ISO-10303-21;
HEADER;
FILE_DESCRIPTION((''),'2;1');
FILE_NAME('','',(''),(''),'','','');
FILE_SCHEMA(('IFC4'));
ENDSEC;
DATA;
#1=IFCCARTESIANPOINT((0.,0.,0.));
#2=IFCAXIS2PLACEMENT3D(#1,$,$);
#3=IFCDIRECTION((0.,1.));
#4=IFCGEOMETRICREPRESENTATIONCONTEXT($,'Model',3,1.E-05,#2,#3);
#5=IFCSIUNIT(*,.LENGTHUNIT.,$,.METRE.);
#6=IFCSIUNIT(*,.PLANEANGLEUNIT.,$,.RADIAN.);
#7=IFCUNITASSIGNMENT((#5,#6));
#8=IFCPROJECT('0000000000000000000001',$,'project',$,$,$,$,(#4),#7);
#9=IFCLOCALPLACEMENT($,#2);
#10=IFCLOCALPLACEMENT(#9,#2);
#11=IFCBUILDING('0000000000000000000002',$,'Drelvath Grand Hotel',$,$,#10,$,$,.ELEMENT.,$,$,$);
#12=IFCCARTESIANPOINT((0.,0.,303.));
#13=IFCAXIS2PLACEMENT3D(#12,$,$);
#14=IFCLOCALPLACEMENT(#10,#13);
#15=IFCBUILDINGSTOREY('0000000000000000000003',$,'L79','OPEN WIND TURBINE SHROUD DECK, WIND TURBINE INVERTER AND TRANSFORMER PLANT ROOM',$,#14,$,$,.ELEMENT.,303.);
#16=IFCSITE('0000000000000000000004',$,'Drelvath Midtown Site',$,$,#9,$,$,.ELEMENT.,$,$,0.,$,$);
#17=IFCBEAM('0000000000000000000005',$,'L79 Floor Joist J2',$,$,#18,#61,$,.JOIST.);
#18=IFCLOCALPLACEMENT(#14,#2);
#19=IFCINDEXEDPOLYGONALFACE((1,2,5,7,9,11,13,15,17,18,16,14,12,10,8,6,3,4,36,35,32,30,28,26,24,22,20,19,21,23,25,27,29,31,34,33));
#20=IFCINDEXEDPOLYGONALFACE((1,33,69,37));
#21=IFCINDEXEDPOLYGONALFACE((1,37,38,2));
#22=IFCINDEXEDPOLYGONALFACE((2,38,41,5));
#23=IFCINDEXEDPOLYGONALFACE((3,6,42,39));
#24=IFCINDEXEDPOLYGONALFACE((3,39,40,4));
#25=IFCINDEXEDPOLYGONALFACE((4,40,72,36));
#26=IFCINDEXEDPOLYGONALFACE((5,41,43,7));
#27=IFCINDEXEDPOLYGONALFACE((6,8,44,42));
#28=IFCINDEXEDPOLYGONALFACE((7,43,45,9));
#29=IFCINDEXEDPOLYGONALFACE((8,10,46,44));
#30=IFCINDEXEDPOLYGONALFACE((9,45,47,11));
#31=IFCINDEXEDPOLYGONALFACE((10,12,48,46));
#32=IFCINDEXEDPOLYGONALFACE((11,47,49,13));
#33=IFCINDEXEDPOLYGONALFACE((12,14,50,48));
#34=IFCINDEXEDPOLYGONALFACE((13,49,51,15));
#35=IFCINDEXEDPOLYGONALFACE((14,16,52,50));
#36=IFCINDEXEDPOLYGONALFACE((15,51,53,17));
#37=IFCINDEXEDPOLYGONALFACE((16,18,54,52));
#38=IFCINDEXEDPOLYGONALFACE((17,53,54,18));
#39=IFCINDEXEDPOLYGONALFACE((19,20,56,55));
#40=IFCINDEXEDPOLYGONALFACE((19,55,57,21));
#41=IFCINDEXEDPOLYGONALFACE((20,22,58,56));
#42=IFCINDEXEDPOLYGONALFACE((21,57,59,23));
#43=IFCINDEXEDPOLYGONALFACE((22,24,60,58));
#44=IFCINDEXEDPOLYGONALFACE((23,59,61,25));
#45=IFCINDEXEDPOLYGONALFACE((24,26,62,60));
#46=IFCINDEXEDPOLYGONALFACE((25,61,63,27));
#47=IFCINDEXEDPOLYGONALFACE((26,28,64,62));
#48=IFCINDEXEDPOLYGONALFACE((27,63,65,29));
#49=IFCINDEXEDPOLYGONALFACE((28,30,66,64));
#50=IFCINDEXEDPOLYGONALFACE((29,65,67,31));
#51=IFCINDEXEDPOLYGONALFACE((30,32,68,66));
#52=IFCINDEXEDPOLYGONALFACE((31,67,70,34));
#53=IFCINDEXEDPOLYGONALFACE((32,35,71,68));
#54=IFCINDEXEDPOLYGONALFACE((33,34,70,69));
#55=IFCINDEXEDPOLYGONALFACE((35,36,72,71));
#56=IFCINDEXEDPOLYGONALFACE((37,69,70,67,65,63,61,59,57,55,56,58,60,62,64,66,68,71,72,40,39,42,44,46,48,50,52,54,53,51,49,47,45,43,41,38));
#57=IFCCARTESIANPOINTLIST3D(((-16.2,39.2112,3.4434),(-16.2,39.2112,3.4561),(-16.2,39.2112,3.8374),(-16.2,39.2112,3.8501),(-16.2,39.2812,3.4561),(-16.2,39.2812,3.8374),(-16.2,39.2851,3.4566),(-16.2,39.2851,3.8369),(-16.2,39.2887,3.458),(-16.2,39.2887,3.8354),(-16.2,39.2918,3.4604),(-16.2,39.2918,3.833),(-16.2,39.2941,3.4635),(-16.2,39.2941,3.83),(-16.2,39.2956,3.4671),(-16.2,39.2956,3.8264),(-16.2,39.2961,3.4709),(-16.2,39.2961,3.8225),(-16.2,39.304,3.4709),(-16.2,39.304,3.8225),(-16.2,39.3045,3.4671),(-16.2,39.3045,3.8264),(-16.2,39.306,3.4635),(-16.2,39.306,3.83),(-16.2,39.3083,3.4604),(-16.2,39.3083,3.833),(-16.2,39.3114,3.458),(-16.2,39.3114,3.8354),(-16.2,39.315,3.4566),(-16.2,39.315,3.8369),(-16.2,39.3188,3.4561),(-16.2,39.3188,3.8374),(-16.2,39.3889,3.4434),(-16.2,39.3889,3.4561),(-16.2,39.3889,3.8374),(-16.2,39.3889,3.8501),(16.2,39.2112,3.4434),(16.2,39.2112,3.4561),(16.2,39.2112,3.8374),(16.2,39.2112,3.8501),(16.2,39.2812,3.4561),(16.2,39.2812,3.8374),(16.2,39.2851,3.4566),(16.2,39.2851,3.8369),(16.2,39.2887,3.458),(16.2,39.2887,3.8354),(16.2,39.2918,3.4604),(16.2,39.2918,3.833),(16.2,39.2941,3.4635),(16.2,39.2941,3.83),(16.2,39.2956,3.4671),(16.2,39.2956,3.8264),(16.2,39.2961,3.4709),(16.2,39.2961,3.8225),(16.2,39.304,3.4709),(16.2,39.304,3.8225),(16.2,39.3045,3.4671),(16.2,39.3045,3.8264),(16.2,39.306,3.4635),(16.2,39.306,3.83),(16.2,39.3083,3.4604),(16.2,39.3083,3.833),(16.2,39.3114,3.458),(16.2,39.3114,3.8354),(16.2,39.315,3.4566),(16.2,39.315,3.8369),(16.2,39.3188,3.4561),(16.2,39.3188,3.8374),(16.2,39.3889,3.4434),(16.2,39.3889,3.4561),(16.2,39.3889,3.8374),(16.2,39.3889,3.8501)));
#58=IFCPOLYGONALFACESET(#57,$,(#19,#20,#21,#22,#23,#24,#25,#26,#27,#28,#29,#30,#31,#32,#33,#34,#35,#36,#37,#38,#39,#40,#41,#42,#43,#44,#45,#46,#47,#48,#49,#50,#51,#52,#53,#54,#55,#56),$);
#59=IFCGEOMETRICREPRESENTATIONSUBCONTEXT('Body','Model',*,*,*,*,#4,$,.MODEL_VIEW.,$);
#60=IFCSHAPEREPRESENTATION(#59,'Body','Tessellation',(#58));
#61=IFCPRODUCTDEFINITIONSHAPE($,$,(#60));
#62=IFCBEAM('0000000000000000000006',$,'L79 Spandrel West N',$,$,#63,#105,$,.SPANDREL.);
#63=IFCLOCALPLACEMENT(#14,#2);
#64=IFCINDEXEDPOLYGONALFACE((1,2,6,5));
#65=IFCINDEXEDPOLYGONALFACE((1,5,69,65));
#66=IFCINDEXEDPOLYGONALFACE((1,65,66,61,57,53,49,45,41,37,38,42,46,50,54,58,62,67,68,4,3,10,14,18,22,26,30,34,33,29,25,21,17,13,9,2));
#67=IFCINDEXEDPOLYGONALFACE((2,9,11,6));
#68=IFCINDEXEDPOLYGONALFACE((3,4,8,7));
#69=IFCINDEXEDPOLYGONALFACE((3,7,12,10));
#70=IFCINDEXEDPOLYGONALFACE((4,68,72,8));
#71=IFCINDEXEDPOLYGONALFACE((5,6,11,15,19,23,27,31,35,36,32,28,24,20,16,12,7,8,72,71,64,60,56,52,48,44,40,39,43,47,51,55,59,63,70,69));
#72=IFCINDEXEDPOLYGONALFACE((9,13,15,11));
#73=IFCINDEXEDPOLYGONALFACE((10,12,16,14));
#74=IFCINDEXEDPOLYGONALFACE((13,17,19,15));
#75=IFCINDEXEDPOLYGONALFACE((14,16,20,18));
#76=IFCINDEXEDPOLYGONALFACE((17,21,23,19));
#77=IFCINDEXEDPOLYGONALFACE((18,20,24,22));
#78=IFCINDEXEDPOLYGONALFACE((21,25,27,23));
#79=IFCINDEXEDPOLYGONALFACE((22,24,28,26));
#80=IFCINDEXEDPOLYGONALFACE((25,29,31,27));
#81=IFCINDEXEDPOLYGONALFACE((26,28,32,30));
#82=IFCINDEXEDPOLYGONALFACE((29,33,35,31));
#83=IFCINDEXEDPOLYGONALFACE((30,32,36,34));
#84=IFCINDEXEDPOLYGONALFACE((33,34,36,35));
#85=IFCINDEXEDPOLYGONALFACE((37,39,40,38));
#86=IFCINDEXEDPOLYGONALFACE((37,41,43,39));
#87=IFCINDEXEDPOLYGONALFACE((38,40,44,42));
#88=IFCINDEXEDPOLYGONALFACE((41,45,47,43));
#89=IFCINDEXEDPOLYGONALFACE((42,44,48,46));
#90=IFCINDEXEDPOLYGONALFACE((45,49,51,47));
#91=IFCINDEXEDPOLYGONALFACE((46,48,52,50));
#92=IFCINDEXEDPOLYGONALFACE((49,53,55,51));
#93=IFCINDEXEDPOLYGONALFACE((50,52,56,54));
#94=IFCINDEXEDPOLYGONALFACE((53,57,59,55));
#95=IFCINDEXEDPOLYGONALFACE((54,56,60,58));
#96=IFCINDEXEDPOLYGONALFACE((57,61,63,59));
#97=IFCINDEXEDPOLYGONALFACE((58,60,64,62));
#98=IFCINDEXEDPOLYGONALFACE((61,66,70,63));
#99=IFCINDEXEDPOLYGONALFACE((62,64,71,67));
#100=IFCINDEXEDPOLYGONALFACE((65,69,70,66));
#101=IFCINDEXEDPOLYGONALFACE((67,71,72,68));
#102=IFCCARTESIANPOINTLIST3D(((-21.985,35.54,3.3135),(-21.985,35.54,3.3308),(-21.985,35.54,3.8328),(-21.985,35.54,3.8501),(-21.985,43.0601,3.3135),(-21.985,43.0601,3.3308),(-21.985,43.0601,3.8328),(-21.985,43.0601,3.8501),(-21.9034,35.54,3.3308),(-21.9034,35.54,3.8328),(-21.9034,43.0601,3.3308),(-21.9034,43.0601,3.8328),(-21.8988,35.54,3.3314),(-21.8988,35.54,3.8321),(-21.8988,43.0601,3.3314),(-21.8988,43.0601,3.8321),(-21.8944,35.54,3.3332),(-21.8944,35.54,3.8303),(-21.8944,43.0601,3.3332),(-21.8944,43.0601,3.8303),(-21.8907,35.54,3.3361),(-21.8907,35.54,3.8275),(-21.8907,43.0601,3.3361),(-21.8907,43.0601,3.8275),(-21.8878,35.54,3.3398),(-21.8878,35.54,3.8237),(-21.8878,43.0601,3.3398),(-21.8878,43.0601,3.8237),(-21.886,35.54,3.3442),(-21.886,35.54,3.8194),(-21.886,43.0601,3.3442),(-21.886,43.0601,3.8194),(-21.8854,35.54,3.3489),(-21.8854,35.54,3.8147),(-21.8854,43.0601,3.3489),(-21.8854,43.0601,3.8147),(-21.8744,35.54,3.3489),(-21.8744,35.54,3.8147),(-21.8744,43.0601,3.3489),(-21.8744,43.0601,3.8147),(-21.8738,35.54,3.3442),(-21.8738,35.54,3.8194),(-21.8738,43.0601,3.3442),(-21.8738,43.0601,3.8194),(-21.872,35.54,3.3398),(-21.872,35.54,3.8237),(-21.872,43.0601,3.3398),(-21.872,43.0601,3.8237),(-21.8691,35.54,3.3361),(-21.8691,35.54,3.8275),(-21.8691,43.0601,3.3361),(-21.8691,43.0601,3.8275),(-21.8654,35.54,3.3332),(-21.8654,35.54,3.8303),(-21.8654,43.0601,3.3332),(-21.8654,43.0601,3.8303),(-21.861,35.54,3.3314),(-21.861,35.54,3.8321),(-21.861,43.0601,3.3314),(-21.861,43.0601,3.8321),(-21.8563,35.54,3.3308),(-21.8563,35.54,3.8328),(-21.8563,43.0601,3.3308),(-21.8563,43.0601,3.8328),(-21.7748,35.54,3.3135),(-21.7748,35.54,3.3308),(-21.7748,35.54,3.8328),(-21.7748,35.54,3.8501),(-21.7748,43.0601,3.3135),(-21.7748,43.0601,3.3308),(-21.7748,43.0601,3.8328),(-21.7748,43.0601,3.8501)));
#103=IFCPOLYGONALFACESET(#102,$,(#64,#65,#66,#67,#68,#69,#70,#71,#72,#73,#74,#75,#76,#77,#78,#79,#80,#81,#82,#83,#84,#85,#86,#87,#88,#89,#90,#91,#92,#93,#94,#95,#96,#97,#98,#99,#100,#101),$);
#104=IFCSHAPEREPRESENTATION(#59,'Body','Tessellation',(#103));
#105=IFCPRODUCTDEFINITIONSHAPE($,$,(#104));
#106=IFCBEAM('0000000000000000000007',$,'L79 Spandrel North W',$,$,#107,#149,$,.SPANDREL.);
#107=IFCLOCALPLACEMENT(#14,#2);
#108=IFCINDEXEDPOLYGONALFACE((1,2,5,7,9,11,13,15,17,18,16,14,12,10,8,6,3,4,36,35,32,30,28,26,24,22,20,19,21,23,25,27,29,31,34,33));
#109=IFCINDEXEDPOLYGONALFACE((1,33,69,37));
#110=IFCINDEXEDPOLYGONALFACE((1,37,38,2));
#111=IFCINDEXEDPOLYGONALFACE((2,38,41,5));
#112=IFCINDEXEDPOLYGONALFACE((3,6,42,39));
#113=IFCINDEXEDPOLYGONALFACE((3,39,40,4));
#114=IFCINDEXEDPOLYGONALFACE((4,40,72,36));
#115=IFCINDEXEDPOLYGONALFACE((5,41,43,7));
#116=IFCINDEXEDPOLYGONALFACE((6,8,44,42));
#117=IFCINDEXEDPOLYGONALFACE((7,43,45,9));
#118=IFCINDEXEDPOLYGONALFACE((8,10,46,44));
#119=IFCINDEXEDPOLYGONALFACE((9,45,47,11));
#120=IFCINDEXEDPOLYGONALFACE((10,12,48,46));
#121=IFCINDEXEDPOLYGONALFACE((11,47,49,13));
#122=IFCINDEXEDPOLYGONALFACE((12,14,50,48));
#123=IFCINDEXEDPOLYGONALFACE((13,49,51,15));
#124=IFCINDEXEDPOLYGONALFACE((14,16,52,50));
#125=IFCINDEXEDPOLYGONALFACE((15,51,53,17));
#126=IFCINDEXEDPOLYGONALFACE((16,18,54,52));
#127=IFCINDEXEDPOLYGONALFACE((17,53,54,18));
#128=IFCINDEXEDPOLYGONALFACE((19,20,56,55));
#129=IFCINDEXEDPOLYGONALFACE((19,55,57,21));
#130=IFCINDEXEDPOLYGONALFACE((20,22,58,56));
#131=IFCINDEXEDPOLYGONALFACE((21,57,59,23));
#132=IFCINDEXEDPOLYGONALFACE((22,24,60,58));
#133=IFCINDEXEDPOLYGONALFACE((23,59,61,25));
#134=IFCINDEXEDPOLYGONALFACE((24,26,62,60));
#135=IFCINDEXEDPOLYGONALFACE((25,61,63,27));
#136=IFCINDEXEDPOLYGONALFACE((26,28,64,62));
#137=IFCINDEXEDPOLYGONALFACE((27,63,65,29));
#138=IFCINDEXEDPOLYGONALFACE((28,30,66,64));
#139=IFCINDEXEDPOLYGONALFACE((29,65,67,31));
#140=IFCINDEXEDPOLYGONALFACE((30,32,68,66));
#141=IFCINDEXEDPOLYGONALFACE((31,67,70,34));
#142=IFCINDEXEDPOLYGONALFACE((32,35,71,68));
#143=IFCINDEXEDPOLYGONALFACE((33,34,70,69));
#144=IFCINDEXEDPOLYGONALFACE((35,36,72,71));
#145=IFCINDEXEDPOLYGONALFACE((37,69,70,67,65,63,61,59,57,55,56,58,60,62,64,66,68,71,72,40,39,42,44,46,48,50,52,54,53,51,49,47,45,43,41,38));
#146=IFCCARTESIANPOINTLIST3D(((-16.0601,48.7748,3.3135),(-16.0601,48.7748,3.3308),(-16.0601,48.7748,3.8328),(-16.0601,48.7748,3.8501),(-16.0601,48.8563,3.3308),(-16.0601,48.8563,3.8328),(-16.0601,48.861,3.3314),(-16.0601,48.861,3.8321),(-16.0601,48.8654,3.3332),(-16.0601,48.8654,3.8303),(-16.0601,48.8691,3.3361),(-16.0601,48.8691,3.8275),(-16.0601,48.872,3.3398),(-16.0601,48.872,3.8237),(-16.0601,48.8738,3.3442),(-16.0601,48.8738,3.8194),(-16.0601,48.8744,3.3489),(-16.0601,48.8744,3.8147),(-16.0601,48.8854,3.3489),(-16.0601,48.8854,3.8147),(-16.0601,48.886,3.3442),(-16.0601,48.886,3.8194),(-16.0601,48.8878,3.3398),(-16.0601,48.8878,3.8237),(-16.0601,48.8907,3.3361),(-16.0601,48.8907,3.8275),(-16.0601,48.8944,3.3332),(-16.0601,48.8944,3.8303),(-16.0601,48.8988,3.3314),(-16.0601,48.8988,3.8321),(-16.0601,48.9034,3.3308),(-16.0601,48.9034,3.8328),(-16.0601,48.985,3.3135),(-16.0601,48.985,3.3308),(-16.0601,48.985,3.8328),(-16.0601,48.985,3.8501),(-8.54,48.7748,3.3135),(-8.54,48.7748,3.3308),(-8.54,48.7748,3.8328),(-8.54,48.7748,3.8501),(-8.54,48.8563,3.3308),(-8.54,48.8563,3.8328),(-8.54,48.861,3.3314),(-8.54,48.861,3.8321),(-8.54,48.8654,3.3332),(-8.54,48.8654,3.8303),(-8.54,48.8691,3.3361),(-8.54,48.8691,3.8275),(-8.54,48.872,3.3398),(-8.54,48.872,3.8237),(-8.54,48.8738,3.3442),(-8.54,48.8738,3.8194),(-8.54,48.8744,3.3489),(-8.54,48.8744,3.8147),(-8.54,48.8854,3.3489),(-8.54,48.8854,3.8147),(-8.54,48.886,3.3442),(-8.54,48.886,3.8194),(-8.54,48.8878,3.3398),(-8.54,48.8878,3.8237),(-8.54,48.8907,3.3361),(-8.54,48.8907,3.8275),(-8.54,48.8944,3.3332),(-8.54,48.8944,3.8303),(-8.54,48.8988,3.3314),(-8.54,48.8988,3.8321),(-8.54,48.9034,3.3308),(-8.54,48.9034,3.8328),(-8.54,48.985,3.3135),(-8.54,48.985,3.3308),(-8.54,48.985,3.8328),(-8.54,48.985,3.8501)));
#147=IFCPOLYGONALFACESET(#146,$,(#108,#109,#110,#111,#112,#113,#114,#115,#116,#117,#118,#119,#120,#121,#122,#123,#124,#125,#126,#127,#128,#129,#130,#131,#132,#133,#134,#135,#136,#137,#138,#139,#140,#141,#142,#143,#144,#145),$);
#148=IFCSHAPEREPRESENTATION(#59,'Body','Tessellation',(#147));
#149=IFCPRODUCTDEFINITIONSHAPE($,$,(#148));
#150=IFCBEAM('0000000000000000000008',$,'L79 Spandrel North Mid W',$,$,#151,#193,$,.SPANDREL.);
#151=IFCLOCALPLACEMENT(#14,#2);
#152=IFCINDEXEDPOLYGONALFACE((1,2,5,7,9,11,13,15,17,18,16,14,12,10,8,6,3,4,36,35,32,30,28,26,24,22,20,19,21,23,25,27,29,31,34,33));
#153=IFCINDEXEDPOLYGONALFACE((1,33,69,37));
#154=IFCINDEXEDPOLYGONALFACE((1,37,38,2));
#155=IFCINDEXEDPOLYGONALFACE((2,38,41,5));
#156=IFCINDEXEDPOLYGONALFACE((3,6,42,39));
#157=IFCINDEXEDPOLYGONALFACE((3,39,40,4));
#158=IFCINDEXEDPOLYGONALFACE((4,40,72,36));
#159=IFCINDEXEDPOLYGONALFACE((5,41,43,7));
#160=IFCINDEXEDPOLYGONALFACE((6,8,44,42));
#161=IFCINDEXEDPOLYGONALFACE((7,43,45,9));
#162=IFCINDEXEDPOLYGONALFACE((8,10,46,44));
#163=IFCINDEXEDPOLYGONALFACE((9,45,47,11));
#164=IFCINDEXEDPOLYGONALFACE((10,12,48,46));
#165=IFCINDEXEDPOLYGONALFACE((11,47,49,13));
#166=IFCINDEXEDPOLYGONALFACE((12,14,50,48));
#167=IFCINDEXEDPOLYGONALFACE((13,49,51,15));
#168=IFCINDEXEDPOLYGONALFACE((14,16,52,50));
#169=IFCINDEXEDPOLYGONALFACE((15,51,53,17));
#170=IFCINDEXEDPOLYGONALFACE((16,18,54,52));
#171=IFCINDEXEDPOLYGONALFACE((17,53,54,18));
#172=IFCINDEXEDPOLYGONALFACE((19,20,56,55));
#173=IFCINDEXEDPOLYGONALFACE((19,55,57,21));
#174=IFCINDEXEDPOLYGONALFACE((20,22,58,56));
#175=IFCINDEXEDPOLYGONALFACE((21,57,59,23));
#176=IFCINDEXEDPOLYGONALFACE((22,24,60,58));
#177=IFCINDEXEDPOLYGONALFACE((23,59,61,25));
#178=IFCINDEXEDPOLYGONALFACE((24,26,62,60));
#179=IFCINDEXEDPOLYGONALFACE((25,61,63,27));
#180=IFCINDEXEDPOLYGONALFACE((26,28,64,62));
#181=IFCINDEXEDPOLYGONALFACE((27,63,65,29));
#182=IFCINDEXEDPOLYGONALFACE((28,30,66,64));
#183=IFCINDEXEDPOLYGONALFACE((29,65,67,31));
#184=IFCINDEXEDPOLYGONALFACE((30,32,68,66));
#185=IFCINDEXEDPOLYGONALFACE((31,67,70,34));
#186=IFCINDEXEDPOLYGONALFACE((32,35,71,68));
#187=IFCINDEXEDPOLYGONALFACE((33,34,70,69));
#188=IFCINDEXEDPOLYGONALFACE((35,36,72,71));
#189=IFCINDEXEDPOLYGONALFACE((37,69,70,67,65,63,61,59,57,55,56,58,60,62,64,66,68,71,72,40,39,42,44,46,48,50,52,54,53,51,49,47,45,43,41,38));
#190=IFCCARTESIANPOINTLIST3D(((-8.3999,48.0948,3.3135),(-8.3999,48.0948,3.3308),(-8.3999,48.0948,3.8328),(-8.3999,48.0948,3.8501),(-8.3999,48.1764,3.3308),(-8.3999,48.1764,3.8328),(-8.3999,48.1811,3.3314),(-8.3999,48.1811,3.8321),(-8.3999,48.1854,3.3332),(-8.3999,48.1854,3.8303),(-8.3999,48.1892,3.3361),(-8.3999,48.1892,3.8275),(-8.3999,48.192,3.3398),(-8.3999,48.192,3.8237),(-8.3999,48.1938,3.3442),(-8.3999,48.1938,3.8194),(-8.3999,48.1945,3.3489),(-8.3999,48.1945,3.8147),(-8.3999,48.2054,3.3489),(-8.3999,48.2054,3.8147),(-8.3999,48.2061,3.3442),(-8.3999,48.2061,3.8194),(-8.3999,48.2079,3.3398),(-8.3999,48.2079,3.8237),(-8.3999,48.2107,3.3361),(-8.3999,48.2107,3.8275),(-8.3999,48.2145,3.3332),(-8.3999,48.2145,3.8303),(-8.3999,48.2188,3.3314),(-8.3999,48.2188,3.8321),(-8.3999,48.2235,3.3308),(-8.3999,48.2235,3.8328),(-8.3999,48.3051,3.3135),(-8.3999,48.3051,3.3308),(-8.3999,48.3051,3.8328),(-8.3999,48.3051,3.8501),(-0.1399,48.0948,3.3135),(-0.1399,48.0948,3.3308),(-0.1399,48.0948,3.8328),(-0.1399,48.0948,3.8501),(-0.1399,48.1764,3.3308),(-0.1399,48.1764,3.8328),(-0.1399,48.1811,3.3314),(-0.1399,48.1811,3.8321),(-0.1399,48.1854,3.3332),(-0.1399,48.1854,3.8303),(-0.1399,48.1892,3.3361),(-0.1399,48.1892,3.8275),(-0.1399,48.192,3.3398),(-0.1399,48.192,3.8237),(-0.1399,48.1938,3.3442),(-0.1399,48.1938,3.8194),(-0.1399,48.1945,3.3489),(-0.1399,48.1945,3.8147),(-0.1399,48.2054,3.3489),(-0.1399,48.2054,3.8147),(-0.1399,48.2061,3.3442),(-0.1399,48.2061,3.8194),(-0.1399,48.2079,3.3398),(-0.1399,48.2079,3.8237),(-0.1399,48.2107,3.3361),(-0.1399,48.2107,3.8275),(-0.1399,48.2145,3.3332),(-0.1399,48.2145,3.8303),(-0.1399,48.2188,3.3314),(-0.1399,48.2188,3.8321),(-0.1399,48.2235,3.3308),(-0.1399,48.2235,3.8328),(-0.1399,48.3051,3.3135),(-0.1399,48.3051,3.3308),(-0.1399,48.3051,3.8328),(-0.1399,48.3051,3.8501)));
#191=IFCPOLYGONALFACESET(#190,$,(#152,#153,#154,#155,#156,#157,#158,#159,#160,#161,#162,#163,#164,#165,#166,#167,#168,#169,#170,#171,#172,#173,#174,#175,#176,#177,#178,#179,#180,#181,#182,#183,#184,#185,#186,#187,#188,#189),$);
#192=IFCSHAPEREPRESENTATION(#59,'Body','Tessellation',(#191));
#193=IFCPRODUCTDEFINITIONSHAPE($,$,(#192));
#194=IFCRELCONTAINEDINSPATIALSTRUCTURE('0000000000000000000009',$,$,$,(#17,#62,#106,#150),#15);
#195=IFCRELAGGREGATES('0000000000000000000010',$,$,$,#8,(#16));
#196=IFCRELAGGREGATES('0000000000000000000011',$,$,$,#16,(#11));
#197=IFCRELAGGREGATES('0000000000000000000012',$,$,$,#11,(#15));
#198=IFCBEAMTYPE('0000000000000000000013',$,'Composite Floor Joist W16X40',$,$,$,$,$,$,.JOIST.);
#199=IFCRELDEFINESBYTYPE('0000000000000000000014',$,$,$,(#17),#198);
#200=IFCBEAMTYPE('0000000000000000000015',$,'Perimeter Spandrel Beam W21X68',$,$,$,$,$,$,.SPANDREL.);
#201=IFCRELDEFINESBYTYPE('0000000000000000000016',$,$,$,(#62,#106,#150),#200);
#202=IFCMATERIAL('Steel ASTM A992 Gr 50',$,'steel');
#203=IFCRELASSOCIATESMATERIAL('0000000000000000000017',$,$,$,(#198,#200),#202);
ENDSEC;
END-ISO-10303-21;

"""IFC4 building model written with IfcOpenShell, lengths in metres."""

from ifc_helpers import new_model, si_unit, direction, frame, origin, origin_2d, place, context, subcontext, project, spatial, i_section, extrude, material, material_profile, profile_set, type_object, element, save


model = new_model("IFC4")

# Units and contexts
model_context = context("Model", 3, precision=1e-05, world=origin(), true_north=direction((0.0, 1.0)))
body_context = subcontext(model_context, "Body", "Model", "MODEL_VIEW")
ifc_project = project(units=[si_unit("LENGTHUNIT", "METRE"), si_unit("PLANEANGLEUNIT", "RADIAN")], contexts=[model_context])

# Site, building, storey
site_placement = place(None, origin())
site = spatial("IfcSite", under=ifc_project, at=site_placement, Name="Drelvath Midtown Site", CompositionType="ELEMENT", RefElevation=0.0)
building_placement = place(site_placement, origin())
building = spatial("IfcBuilding", under=site, at=building_placement, Name="Drelvath Grand Hotel", CompositionType="ELEMENT")
storey_placement = place(building_placement, frame((0.0, 0.0, 303.0)))
storey = spatial("IfcBuildingStorey", under=building, at=storey_placement, Name="L79", Description="OPEN WIND TURBINE SHROUD DECK, WIND TURBINE INVERTER AND TRANSFORMER PLANT ROOM", CompositionType="ELEMENT", Elevation=303.0)

# Beams
ifc_material_1 = material(Name="Steel ASTM A992 Gr 50", Category="steel")
ifc_material_profile_1 = material_profile(ifc_material_1, i_section(OverallWidth=0.1777, OverallDepth=0.4067, WebThickness=0.0078, FlangeThickness=0.0127, FilletRadius=0.0149, at=origin_2d()), Name="W16X40")
ifc_profile_set_1 = profile_set([ifc_material_profile_1], Name="Steel ASTM A992 Gr 50")
beam_type_1 = type_object("IfcBeamType", Name="Composite Floor Joist W16X40", PredefinedType="JOIST", material=ifc_profile_set_1)
beam_1_placement = place(storey_placement, frame((-16.2, 39.3, 3.6467), z_axis=(1.0, 0.0, 0.0), x_axis=(0.0, 1.0, 0.0)))
element("IfcBeam", 1, at=beam_1_placement, inside=storey, type_object=beam_type_1, Name="L79 Floor Joist J2", PredefinedType="JOIST", context=body_context, shape_type="SweptSolid", body=[
    extrude(i_section(OverallWidth=0.1777, OverallDepth=0.4067, WebThickness=0.0078, FlangeThickness=0.0127, FilletRadius=0.0149, at=origin_2d()), origin(), (0.0, 0.0, 1.0), 32.3999),
])
ifc_material_profile_2 = material_profile(ifc_material_1, i_section(OverallWidth=0.2102, OverallDepth=0.5366, WebThickness=0.011, FlangeThickness=0.0173, FilletRadius=0.0181, at=origin_2d()), Name="W21X68")
ifc_profile_set_2 = profile_set([ifc_material_profile_2], Name="Steel ASTM A992 Gr 50")
beam_type_2 = type_object("IfcBeamType", Name="Perimeter Spandrel Beam W21X68", PredefinedType="SPANDREL", material=ifc_profile_set_2)
for number, where, z_axis, x_axis, name in (
    (2, (-21.8799, 35.54, 3.5818), (0.0, 1.0, 0.0), (-1.0, 0.0, 0.0), "L79 Spandrel West N"),
    (3, (-16.0601, 48.8799, 3.5818), (1.0, 0.0, 0.0), (0.0, 1.0, 0.0), "L79 Spandrel North W"),
):
    element("IfcBeam", number, at=place(storey_placement, frame(where, z_axis=z_axis, x_axis=x_axis)), inside=storey, type_object=beam_type_2, Name=name, PredefinedType="SPANDREL", context=body_context, shape_type="SweptSolid", body=[
        extrude(i_section(OverallWidth=0.2102, OverallDepth=0.5366, WebThickness=0.011, FlangeThickness=0.0173, FilletRadius=0.0181, at=origin_2d()), origin(), (0.0, 0.0, 1.0), 7.52),
    ])
beam_2_placement = place(storey_placement, frame((-8.3999, 48.2, 3.5818), z_axis=(1.0, 0.0, 0.0), x_axis=(0.0, 1.0, 0.0)))
element("IfcBeam", 4, at=beam_2_placement, inside=storey, type_object=beam_type_2, Name="L79 Spandrel North Mid W", PredefinedType="SPANDREL", context=body_context, shape_type="SweptSolid", body=[
    extrude(i_section(OverallWidth=0.2102, OverallDepth=0.5366, WebThickness=0.011, FlangeThickness=0.0173, FilletRadius=0.0181, at=origin_2d()), origin(), (0.0, 0.0, 1.0), 8.26),
])

save(model, "model.ifc")
